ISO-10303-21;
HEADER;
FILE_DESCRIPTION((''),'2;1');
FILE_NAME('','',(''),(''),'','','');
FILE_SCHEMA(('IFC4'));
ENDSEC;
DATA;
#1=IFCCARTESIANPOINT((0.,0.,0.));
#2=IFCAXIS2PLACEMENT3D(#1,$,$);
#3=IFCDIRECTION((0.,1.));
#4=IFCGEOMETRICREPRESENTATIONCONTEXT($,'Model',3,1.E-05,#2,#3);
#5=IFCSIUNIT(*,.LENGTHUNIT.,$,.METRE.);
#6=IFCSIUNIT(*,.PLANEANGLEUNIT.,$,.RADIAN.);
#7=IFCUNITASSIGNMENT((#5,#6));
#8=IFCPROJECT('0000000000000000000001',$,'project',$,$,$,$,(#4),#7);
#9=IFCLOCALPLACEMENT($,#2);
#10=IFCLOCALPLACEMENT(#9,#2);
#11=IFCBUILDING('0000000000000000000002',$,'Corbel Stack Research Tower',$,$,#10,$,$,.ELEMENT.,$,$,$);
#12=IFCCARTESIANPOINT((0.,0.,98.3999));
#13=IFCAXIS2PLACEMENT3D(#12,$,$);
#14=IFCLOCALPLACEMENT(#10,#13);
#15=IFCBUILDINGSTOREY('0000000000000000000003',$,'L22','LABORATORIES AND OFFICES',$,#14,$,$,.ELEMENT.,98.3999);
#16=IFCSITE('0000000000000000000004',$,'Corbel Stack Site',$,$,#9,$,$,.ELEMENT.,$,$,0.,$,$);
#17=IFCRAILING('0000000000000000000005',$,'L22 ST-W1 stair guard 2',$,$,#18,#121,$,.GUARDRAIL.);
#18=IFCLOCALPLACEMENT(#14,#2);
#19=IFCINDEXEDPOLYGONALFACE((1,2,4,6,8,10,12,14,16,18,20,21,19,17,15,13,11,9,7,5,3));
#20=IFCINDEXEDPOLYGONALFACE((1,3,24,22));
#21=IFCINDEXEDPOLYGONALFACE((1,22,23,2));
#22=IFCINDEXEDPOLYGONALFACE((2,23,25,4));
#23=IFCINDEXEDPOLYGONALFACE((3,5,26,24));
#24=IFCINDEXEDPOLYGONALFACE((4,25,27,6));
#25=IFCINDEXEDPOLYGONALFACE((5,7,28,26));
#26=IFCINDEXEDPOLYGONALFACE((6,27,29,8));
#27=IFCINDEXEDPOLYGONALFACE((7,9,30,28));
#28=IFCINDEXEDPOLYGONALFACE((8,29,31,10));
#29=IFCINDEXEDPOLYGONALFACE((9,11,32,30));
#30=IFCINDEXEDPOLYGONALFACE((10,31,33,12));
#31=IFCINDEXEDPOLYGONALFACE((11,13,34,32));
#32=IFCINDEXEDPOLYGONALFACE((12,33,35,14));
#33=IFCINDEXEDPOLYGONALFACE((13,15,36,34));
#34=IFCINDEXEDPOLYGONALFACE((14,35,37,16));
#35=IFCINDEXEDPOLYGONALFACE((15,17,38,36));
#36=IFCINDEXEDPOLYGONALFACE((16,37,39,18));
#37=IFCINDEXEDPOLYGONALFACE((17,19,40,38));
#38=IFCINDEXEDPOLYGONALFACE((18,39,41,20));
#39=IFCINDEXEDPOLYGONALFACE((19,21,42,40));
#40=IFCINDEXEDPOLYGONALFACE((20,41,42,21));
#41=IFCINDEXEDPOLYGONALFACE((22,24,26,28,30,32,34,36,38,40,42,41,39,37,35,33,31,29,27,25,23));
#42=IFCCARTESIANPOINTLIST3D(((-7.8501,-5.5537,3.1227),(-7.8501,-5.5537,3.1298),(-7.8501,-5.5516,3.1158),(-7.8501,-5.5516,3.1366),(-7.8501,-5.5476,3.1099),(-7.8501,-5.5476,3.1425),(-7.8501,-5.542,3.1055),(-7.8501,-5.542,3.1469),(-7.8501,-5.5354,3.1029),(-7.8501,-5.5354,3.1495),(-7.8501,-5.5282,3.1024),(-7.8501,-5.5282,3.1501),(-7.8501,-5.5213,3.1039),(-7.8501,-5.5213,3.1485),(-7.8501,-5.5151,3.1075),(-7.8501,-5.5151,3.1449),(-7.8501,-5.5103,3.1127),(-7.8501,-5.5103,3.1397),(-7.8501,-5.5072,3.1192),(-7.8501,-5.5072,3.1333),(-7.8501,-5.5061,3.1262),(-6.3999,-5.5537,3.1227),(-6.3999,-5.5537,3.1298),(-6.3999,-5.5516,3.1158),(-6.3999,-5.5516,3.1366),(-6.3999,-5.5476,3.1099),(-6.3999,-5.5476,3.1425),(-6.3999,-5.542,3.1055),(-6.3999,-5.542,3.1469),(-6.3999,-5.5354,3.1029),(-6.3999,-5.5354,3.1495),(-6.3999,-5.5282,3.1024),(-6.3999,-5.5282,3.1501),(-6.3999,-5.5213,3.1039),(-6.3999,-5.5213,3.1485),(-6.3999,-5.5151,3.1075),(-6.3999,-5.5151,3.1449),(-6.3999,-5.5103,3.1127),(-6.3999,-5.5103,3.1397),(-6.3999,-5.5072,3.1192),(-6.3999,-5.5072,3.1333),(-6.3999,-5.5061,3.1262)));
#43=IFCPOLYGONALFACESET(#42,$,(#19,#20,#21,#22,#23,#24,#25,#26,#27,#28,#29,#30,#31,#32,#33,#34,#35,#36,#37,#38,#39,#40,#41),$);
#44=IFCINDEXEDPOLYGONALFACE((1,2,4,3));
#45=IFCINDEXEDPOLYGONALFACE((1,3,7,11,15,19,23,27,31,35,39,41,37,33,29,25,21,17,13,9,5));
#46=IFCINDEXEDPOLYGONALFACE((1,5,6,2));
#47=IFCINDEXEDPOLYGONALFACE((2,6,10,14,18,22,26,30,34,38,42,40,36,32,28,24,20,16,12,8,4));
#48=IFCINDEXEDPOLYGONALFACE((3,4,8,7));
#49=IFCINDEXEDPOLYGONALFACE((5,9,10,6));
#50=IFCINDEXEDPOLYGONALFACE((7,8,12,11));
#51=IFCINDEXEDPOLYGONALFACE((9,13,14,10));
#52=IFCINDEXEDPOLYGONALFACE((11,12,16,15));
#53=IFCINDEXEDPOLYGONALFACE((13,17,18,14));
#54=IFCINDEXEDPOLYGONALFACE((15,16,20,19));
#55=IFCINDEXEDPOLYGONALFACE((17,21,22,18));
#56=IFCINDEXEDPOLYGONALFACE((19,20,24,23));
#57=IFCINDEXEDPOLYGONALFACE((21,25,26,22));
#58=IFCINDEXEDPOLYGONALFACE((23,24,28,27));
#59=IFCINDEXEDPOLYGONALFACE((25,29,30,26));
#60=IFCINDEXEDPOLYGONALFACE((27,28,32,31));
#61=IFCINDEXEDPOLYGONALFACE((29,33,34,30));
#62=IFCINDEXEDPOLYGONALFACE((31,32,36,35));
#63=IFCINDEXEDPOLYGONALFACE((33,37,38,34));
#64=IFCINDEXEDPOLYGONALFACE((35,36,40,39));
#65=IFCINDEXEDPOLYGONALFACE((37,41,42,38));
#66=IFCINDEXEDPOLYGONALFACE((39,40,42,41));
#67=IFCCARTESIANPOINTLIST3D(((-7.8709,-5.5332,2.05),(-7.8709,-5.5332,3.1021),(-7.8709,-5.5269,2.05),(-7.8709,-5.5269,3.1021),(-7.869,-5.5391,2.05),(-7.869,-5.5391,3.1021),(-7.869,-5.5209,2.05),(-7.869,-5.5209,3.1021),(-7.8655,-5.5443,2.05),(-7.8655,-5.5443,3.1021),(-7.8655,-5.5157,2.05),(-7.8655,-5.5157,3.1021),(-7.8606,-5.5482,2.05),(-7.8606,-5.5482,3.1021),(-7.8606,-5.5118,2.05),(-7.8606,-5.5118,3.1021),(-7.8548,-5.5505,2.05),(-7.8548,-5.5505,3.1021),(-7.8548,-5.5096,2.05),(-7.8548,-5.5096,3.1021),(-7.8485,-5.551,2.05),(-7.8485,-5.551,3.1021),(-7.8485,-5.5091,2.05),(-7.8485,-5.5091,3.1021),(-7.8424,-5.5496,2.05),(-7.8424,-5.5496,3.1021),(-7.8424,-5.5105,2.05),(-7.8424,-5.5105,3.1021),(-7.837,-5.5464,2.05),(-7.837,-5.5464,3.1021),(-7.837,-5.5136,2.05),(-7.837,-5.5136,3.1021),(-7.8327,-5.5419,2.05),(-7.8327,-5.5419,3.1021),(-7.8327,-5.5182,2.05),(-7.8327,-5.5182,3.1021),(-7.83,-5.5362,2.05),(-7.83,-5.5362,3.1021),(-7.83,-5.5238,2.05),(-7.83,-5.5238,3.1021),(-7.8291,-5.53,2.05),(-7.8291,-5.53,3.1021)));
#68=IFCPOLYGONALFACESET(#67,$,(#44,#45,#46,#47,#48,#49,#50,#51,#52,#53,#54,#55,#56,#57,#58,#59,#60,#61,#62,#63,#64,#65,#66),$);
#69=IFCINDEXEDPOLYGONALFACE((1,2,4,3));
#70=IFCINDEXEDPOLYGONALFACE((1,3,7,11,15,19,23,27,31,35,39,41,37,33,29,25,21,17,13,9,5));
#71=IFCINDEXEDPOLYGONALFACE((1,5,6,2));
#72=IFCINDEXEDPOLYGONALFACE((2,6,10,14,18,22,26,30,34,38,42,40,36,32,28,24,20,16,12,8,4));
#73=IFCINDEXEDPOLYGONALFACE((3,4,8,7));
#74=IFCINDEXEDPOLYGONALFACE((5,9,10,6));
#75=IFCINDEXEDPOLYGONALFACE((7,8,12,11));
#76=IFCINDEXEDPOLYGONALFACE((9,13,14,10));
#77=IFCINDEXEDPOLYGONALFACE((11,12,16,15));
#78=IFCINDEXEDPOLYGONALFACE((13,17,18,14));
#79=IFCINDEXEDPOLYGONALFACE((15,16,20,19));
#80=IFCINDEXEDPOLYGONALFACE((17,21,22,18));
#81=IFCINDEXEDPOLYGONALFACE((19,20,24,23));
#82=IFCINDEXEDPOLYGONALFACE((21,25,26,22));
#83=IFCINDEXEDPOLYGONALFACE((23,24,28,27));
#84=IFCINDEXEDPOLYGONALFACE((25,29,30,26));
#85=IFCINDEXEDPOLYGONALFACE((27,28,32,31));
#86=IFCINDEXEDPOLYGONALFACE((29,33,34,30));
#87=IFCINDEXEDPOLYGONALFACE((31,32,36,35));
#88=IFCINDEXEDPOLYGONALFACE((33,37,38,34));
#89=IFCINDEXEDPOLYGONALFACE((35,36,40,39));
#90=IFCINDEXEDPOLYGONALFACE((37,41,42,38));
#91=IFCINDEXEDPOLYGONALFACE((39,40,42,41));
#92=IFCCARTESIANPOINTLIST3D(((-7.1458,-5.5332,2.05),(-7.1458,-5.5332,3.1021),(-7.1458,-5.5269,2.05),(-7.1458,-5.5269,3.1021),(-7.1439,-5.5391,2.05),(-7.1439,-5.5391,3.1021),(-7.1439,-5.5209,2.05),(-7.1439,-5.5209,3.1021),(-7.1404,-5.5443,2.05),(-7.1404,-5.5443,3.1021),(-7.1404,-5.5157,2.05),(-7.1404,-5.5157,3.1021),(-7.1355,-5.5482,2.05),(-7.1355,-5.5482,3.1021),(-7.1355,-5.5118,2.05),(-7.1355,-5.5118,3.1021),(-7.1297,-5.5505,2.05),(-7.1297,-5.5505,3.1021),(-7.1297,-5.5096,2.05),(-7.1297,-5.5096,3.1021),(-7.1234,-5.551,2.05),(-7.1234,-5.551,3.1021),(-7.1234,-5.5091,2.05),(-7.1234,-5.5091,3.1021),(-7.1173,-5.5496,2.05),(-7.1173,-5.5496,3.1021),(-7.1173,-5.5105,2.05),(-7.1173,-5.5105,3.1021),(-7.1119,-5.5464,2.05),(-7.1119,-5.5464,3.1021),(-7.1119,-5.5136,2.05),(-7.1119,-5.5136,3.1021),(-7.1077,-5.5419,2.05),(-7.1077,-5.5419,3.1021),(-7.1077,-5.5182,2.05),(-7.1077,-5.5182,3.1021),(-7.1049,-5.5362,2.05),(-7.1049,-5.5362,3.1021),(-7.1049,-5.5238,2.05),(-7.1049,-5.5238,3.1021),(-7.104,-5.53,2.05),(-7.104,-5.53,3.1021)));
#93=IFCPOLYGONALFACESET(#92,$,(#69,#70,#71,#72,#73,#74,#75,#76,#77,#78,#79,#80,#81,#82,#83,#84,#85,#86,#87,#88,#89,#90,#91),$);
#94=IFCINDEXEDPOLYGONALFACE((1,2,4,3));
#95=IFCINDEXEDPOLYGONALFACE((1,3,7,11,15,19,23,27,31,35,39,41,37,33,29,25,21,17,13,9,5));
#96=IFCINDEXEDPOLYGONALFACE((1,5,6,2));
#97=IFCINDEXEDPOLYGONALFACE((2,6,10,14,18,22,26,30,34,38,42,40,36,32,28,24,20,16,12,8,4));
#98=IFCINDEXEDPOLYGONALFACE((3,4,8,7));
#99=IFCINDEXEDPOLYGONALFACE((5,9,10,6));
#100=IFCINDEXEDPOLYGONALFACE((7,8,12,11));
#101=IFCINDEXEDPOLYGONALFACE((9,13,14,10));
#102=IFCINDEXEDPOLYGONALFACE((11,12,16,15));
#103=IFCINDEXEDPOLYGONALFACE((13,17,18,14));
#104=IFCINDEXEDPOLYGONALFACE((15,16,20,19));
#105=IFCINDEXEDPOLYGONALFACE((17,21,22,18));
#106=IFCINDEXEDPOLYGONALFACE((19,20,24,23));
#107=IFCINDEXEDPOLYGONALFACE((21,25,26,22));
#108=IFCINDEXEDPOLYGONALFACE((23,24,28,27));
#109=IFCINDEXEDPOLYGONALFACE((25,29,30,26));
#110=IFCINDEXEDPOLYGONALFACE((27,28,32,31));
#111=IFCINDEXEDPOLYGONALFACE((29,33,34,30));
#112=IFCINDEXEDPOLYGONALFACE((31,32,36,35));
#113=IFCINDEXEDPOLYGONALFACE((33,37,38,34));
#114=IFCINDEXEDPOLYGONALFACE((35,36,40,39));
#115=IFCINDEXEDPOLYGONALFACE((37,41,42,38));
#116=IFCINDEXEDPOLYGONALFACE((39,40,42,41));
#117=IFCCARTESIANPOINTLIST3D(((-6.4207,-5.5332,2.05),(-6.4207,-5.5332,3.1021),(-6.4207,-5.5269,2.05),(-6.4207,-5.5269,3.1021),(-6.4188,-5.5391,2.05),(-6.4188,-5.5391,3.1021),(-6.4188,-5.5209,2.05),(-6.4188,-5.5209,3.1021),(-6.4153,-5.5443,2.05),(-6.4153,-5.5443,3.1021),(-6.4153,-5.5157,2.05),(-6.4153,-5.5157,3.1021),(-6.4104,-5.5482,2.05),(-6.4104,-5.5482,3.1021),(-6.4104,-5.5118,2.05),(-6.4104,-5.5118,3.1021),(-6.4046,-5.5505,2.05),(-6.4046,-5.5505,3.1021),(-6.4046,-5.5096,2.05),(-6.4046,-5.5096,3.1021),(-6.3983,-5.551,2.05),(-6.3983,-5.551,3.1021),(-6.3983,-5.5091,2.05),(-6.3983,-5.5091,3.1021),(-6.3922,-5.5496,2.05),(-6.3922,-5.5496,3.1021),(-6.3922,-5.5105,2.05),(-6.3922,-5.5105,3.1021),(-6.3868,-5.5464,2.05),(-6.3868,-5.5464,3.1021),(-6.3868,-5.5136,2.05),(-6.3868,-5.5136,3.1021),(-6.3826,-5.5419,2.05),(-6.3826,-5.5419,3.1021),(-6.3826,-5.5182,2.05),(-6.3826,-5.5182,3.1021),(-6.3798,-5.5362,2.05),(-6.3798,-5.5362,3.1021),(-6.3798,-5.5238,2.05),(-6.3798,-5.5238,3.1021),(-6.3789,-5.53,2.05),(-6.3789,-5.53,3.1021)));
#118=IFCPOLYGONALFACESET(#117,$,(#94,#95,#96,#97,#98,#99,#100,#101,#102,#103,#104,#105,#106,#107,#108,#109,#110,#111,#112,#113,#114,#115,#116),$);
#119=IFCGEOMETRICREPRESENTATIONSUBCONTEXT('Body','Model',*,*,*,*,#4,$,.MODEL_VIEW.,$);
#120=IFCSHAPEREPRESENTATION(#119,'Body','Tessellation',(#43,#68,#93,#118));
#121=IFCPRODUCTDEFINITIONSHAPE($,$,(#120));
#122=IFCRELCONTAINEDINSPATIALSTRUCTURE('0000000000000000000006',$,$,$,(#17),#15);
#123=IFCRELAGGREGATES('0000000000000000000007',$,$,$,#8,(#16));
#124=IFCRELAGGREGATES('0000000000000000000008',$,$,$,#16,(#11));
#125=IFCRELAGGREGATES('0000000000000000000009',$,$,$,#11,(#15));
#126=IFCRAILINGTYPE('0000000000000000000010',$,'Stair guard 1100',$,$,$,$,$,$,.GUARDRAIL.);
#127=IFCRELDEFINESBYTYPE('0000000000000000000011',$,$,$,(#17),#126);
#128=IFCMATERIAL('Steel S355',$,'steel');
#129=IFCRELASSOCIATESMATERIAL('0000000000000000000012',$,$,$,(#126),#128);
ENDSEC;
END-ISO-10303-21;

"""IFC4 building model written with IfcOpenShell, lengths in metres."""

from ifc_helpers import new_model, si_unit, direction, frame, origin, origin_2d, place, context, subcontext, project, spatial, circle, extrude, material, type_object, element, save


model = new_model("IFC4")

# Units and contexts
model_context = context("Model", 3, precision=1e-05, world=origin(), true_north=direction((0.0, 1.0)))
body_context = subcontext(model_context, "Body", "Model", "MODEL_VIEW")
ifc_project = project(units=[si_unit("LENGTHUNIT", "METRE"), si_unit("PLANEANGLEUNIT", "RADIAN")], contexts=[model_context])

# Site, building, storey
site_placement = place(None, origin())
site = spatial("IfcSite", under=ifc_project, at=site_placement, Name="Corbel Stack Site", CompositionType="ELEMENT", RefElevation=0.0)
building_placement = place(site_placement, origin())
building = spatial("IfcBuilding", under=site, at=building_placement, Name="Corbel Stack Research Tower", CompositionType="ELEMENT")
storey_placement = place(building_placement, frame((0.0, 0.0, 98.3999)))
storey = spatial("IfcBuildingStorey", under=building, at=storey_placement, Name="L22", Description="LABORATORIES AND OFFICES", CompositionType="ELEMENT", Elevation=98.3999)

# Railing
ifc_material_1 = material(Name="Steel S355", Category="steel")
railing_type_1 = type_object("IfcRailingType", Name="Stair guard 1100", PredefinedType="GUARDRAIL", material=ifc_material_1)
railing_1_placement = place(storey_placement, frame((-7.8501, -5.53, 2.05)))
element("IfcRailing", 1, at=railing_1_placement, inside=storey, type_object=railing_type_1, Name="L22 ST-W1 stair guard 2", PredefinedType="GUARDRAIL", context=body_context, shape_type="SweptSolid", body=[
    extrude(circle(Radius=0.0239, at=origin_2d()), frame((0.0, 0.0, 1.0762), z_axis=(1.0, 0.0, 0.0), x_axis=(0.0, 1.0, 0.0)), (0.0, 0.0, 1.0), 1.4502),
    extrude(circle(Radius=0.021, at=origin_2d()), origin(), (0.0, 0.0, 1.0), 1.052),
    extrude(circle(Radius=0.021, at=origin_2d()), frame((0.7251, 0.0, 0.0)), (0.0, 0.0, 1.0), 1.052),
    extrude(circle(Radius=0.021, at=origin_2d()), frame((1.4502, 0.0, 0.0)), (0.0, 0.0, 1.0), 1.052),
])

save(model, "model.ifc")
